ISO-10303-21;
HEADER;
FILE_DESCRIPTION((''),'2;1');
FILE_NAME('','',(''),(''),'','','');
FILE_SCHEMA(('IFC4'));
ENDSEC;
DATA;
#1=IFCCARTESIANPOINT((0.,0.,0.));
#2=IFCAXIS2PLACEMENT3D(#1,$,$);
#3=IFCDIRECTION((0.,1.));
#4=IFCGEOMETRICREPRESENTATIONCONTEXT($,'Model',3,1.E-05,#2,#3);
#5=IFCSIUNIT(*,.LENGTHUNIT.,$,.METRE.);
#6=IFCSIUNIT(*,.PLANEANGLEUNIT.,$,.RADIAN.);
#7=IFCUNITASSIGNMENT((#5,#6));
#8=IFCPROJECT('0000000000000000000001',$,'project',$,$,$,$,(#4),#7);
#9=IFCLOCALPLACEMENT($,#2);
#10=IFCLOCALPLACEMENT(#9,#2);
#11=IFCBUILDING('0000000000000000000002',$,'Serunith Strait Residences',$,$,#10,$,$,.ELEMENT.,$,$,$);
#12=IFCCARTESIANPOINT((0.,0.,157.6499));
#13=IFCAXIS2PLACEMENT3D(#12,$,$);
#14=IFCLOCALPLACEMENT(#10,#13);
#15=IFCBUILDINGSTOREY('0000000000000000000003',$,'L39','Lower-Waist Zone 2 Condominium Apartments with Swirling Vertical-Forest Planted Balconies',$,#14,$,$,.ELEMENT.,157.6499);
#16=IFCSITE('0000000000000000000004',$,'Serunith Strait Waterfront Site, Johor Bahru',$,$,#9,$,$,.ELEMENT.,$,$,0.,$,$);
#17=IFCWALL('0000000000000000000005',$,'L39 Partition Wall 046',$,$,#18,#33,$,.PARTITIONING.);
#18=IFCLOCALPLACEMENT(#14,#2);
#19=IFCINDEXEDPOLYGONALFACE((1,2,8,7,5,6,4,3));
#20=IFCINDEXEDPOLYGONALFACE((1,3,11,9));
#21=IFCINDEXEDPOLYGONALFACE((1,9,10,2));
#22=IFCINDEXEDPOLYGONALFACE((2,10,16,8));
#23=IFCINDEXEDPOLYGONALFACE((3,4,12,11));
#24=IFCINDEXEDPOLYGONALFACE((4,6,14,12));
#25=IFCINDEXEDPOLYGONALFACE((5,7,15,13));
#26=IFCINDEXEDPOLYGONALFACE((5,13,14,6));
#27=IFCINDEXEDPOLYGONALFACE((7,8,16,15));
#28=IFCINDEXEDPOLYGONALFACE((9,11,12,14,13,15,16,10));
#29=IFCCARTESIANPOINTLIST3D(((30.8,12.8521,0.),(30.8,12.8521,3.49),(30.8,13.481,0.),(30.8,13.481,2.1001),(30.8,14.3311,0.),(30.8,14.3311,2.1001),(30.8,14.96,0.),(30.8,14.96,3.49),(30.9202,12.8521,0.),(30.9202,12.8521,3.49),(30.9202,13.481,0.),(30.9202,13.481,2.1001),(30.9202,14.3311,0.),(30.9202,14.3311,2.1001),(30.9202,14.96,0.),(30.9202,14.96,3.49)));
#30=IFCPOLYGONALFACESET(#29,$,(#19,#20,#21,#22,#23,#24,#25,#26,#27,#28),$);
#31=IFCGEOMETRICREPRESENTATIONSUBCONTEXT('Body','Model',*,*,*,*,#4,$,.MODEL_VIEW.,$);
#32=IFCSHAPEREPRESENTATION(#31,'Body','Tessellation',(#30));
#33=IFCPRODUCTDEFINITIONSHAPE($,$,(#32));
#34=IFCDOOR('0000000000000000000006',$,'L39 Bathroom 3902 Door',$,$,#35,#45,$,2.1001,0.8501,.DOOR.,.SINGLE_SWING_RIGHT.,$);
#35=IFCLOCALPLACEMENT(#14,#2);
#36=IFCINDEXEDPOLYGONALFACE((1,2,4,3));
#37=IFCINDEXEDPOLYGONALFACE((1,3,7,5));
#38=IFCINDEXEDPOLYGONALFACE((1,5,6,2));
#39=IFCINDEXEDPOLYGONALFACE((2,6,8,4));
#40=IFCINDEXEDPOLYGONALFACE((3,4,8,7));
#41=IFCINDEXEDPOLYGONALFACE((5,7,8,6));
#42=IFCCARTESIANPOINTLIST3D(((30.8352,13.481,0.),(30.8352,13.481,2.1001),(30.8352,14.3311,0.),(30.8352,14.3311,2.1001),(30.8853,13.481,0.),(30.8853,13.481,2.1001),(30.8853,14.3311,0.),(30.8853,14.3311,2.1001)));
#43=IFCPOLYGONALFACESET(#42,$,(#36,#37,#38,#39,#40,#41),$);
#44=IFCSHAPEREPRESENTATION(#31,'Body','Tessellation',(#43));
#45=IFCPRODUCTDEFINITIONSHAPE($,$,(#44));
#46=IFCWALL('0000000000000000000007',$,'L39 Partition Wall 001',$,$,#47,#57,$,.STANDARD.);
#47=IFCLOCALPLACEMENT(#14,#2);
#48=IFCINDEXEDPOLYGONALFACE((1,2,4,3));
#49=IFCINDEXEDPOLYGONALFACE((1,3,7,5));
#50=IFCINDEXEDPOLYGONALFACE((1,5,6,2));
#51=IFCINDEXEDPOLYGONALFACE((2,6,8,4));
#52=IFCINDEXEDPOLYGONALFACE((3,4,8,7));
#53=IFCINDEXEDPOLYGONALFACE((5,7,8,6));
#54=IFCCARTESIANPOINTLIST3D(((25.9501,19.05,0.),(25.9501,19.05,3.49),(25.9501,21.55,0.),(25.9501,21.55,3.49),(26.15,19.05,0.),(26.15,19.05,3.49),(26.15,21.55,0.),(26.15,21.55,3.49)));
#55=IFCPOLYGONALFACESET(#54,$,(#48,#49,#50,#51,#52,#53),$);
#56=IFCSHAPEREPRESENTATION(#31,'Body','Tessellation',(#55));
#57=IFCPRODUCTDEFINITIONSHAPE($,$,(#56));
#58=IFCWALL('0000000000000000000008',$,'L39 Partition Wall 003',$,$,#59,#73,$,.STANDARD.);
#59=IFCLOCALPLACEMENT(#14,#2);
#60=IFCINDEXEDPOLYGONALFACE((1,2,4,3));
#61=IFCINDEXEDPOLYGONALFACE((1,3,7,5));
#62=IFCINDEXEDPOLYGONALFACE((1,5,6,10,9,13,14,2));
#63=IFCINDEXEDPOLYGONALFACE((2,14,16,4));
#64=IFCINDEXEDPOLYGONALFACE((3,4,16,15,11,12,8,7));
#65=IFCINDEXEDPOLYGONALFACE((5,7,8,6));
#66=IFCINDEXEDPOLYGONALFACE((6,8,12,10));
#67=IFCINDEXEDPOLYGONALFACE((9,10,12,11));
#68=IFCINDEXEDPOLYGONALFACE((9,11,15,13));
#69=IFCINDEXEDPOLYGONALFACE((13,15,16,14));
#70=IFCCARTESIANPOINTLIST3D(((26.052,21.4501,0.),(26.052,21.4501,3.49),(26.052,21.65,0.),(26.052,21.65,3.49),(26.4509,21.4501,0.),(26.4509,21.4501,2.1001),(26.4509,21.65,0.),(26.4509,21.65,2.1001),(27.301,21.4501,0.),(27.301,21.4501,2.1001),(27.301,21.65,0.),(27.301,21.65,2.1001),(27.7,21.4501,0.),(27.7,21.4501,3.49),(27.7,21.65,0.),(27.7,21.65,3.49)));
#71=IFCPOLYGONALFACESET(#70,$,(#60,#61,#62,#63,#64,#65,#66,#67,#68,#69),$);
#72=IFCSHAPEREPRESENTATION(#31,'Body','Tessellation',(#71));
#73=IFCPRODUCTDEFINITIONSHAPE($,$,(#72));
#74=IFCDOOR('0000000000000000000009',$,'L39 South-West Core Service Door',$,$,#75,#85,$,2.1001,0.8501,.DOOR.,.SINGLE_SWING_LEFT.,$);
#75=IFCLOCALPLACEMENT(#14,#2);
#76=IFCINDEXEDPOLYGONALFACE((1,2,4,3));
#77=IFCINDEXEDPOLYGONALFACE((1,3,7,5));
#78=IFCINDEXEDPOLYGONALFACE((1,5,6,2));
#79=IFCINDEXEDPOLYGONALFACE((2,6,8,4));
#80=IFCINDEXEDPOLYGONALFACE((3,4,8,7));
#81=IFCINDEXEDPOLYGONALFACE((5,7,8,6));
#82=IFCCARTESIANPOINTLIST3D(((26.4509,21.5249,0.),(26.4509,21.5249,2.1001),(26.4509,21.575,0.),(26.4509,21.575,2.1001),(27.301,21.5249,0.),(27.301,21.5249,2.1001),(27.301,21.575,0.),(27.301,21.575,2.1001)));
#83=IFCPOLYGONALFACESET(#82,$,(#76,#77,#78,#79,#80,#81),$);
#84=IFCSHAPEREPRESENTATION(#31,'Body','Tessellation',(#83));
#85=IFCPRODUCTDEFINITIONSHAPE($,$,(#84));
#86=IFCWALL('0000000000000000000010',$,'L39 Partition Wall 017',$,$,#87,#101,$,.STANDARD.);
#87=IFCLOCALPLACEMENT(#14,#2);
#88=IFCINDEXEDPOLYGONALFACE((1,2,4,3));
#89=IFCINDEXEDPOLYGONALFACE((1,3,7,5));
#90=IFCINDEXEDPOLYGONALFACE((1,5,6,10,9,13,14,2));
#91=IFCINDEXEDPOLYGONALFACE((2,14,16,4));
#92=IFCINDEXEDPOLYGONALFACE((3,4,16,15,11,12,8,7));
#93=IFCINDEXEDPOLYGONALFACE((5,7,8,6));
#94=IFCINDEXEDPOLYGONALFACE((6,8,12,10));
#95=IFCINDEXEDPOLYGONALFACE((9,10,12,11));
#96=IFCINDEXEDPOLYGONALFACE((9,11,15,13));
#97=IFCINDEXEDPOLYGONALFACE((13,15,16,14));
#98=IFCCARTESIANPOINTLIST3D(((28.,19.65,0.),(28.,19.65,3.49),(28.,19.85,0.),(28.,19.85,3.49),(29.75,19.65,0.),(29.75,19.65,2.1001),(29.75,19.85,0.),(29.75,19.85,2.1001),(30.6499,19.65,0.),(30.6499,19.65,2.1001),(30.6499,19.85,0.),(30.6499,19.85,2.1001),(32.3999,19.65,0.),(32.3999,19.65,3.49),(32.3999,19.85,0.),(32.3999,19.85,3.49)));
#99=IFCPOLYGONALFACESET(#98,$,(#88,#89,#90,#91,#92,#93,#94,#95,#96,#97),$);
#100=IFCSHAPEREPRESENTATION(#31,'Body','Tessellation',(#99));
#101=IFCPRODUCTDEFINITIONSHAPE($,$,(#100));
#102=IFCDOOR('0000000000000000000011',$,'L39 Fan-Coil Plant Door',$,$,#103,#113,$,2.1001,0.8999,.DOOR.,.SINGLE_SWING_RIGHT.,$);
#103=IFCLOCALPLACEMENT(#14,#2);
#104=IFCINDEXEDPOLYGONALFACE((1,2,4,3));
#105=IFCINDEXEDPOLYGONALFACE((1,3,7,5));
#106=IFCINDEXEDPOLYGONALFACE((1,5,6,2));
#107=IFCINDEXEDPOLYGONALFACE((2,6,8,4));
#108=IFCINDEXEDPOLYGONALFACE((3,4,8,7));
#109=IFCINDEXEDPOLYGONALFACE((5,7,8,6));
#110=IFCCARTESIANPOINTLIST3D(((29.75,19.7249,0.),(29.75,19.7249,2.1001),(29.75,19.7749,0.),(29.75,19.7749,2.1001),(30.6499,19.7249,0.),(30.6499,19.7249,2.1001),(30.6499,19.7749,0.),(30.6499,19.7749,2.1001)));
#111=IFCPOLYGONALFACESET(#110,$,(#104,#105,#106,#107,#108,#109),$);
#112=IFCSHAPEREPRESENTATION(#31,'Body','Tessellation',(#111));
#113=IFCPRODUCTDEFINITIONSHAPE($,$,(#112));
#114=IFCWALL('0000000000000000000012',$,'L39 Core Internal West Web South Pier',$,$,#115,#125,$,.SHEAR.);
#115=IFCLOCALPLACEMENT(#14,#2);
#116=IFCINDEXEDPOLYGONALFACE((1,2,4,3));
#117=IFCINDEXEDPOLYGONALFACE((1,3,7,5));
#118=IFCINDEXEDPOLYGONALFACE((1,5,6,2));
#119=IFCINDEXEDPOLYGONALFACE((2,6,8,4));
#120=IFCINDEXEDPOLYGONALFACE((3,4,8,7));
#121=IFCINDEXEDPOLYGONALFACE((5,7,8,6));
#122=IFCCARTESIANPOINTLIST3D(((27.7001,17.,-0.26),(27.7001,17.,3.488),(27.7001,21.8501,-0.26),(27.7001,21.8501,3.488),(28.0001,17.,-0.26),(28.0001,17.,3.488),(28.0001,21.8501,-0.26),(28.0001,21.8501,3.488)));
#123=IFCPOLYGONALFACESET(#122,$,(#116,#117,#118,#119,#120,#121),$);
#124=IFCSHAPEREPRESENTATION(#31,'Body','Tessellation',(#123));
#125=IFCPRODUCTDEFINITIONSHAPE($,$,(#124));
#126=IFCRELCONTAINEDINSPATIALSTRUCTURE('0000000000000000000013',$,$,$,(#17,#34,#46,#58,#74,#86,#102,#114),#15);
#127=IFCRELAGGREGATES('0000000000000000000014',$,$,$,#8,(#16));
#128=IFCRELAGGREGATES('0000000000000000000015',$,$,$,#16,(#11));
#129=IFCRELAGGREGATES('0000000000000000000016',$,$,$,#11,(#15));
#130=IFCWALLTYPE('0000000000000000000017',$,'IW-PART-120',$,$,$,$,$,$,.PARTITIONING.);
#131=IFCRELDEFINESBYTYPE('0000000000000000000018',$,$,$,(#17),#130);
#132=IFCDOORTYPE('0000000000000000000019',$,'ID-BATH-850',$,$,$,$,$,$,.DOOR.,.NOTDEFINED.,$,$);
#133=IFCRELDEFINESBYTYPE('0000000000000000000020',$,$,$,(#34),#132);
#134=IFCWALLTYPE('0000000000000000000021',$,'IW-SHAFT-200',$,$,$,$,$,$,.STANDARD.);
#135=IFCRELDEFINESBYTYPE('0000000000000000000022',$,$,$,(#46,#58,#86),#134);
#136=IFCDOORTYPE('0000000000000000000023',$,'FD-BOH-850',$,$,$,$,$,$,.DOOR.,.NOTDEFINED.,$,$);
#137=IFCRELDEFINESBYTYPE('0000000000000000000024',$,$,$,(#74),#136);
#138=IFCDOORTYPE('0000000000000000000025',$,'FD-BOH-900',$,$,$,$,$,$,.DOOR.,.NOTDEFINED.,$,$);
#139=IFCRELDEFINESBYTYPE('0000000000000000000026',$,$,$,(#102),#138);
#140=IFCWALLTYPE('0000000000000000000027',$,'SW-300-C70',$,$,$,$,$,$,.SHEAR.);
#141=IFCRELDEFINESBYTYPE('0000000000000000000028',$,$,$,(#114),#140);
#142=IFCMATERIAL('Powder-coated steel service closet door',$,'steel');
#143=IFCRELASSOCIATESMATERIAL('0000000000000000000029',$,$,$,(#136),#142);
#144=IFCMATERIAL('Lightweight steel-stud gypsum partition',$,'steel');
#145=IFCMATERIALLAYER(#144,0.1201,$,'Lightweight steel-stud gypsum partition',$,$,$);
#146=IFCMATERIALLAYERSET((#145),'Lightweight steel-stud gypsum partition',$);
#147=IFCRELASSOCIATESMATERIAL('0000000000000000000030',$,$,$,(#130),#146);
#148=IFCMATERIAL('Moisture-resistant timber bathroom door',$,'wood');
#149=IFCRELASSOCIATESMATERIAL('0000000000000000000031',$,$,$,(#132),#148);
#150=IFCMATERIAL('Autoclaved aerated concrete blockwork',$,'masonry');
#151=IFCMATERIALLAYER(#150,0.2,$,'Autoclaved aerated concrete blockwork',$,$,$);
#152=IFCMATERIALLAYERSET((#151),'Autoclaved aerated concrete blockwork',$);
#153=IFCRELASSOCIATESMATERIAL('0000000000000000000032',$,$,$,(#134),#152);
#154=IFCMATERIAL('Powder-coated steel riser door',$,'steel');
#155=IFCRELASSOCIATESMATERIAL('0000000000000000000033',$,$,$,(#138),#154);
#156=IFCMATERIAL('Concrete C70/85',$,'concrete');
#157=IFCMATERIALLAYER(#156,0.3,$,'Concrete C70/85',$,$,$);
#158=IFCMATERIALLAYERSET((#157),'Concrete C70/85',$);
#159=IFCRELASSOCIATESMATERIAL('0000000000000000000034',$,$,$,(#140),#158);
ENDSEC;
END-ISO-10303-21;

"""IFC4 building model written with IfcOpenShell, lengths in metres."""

from ifc_helpers import new_model, si_unit, direction, frame, frame_2d, origin, place, context, subcontext, project, spatial, rectangle, extrude, source, transform, mapped, material, layer, layer_set, type_object, element, fill, save


model = new_model("IFC4")

# Units and contexts
model_context = context("Model", 3, precision=1e-05, world=origin(), true_north=direction((0.0, 1.0)))
body_context = subcontext(model_context, "Body", "Model", "MODEL_VIEW")
ifc_project = project(units=[si_unit("LENGTHUNIT", "METRE"), si_unit("PLANEANGLEUNIT", "RADIAN")], contexts=[model_context])

# Site, building, storey
site_placement = place(None, origin())
site = spatial("IfcSite", under=ifc_project, at=site_placement, Name="Serunith Strait Waterfront Site, Johor Bahru", CompositionType="ELEMENT", RefElevation=0.0)
building_placement = place(site_placement, origin())
building = spatial("IfcBuilding", under=site, at=building_placement, Name="Serunith Strait Residences", CompositionType="ELEMENT")
storey_placement = place(building_placement, frame((0.0, 0.0, 157.6499)))
storey = spatial("IfcBuildingStorey", under=building, at=storey_placement, Name="L39", Description="Lower-Waist Zone 2 Condominium Apartments with Swirling Vertical-Forest Planted Balconies", CompositionType="ELEMENT", Elevation=157.6499)

# Shared definitions
ifc_material_1 = material(Name="Powder-coated steel service closet door", Category="steel")
door_type_1 = type_object("IfcDoorType", Name="FD-BOH-850", OperationType="NOTDEFINED", PredefinedType="DOOR", material=ifc_material_1)
shared_shape_1 = source(origin(), body_context, "Body", "SweptSolid", [
    extrude(rectangle(XDim=0.8501, YDim=2.1001, at=frame_2d((0.425, 1.05))), frame((0.0, 0.0249, 0.0), z_axis=(0.0, -1.0, 0.0), x_axis=(1.0, 0.0, 0.0)), (0.0, 0.0, 1.0), 0.05),
])

# Shared definitions
ifc_material_2 = material(Name="Lightweight steel-stud gypsum partition", Category="steel")
ifc_layer_1 = layer(ifc_material_2, 0.1201, Name="Lightweight steel-stud gypsum partition")
ifc_layer_set_1 = layer_set([ifc_layer_1], Name="Lightweight steel-stud gypsum partition")
wall_type_1 = type_object("IfcWallType", Name="IW-PART-120", PredefinedType="PARTITIONING", material=ifc_layer_set_1)

# Wall, opening, door
wall_1_placement = place(storey_placement, frame((30.8601, 12.8521, 0.0), z_axis=(0.0, 0.0, 1.0), x_axis=(0.0, 1.0, 0.0)))
wall_1 = element("IfcWall", 1, at=wall_1_placement, inside=storey, type_object=wall_type_1, Name="L39 Partition Wall 046", PredefinedType="PARTITIONING", context=body_context, shape_type="SweptSolid", body=[
    extrude(rectangle(XDim=2.1079, YDim=0.1201, at=frame_2d((1.054, 0.0))), origin(), (0.0, 0.0, 1.0), 3.49),
])
opening_1_placement = place(wall_1_placement, frame((0.6289, 0.0, 0.0)))
opening_1 = element("IfcOpeningElement", 2, at=opening_1_placement, cuts=wall_1, PredefinedType="OPENING", context=body_context, shape_type="SweptSolid", body=[
    extrude(rectangle(XDim=0.8501, YDim=2.1001, at=frame_2d((0.425, 1.05))), frame((0.0, 0.0701, 0.0), z_axis=(0.0, -1.0, 0.0), x_axis=(1.0, 0.0, 0.0)), (0.0, 0.0, 1.0), 0.1401),
])
ifc_material_3 = material(Name="Moisture-resistant timber bathroom door", Category="wood")
door_type_2 = type_object("IfcDoorType", Name="ID-BATH-850", OperationType="NOTDEFINED", PredefinedType="DOOR", material=ifc_material_3)
door_1_placement = place(opening_1_placement, origin())
door_1 = element("IfcDoor", 3, at=door_1_placement, inside=storey, type_object=door_type_2, Name="L39 Bathroom 3902 Door", OperationType="SINGLE_SWING_RIGHT", OverallHeight=2.1001, OverallWidth=0.8501, PredefinedType="DOOR", context=body_context, shape_type="MappedRepresentation", body=[
    mapped(shared_shape_1, transform((0.0, 0.0, 0.0), scale=1.0)),
])
fill(opening_1, door_1)

# Wall
ifc_material_4 = material(Name="Autoclaved aerated concrete blockwork", Category="masonry")
ifc_layer_2 = layer(ifc_material_4, 0.2, Name="Autoclaved aerated concrete blockwork")
ifc_layer_set_2 = layer_set([ifc_layer_2], Name="Autoclaved aerated concrete blockwork")
wall_type_2 = type_object("IfcWallType", Name="IW-SHAFT-200", PredefinedType="STANDARD", material=ifc_layer_set_2)
wall_2_placement = place(storey_placement, frame((26.05, 19.05, 0.0), z_axis=(0.0, 0.0, 1.0), x_axis=(0.0, 1.0, 0.0)))
element("IfcWall", 4, at=wall_2_placement, inside=storey, type_object=wall_type_2, Name="L39 Partition Wall 001", PredefinedType="STANDARD", context=body_context, shape_type="SweptSolid", body=[
    extrude(rectangle(XDim=2.5, YDim=0.2, at=frame_2d((1.25, 0.0))), origin(), (0.0, 0.0, 1.0), 3.49),
])

# Walls, openings, doors
wall_3_placement = place(storey_placement, frame((26.052, 21.55, 0.0), z_axis=(0.0, 0.0, 1.0), x_axis=(1.0, 0.0, 0.0)))
wall_3 = element("IfcWall", 5, at=wall_3_placement, inside=storey, type_object=wall_type_2, Name="L39 Partition Wall 003", PredefinedType="STANDARD", context=body_context, shape_type="SweptSolid", body=[
    extrude(rectangle(XDim=1.6479, YDim=0.2, at=frame_2d((0.824, 0.0))), origin(), (0.0, 0.0, 1.0), 3.49),
])
opening_2_placement = place(wall_3_placement, frame((0.3989, 0.0, 0.0)))
opening_2 = element("IfcOpeningElement", 6, at=opening_2_placement, cuts=wall_3, PredefinedType="OPENING", context=body_context, shape_type="SweptSolid", body=[
    extrude(rectangle(XDim=0.8501, YDim=2.1001, at=frame_2d((0.425, 1.05))), frame((0.0, 0.1099, 0.0), z_axis=(0.0, -1.0, 0.0), x_axis=(1.0, 0.0, 0.0)), (0.0, 0.0, 1.0), 0.22),
])
door_2_placement = place(opening_2_placement, origin())
door_2 = element("IfcDoor", 7, at=door_2_placement, inside=storey, type_object=door_type_1, Name="L39 South-West Core Service Door", OperationType="SINGLE_SWING_LEFT", OverallHeight=2.1001, OverallWidth=0.8501, PredefinedType="DOOR", context=body_context, shape_type="MappedRepresentation", body=[
    mapped(shared_shape_1, transform((0.0, 0.0, 0.0), scale=1.0)),
])
fill(opening_2, door_2)
wall_4_placement = place(storey_placement, frame((28.0, 19.75, 0.0), z_axis=(0.0, 0.0, 1.0), x_axis=(1.0, 0.0, 0.0)))
wall_4 = element("IfcWall", 8, at=wall_4_placement, inside=storey, type_object=wall_type_2, Name="L39 Partition Wall 017", PredefinedType="STANDARD", context=body_context, shape_type="SweptSolid", body=[
    extrude(rectangle(XDim=4.3999, YDim=0.2, at=frame_2d((2.2, 0.0))), origin(), (0.0, 0.0, 1.0), 3.49),
])
opening_3_placement = place(wall_4_placement, frame((1.75, 0.0, 0.0)))
opening_3 = element("IfcOpeningElement", 9, at=opening_3_placement, cuts=wall_4, PredefinedType="OPENING", context=body_context, shape_type="SweptSolid", body=[
    extrude(rectangle(XDim=0.8999, YDim=2.1001, at=frame_2d((0.45, 1.05))), frame((0.0, 0.1099, 0.0), z_axis=(0.0, -1.0, 0.0), x_axis=(1.0, 0.0, 0.0)), (0.0, 0.0, 1.0), 0.22),
])
ifc_material_5 = material(Name="Powder-coated steel riser door", Category="steel")
door_type_3 = type_object("IfcDoorType", Name="FD-BOH-900", OperationType="NOTDEFINED", PredefinedType="DOOR", material=ifc_material_5)
shared_shape_2 = source(origin(), body_context, "Body", "SweptSolid", [
    extrude(rectangle(XDim=0.8999, YDim=2.1001, at=frame_2d((0.45, 1.05))), frame((0.0, 0.0249, 0.0), z_axis=(0.0, -1.0, 0.0), x_axis=(1.0, 0.0, 0.0)), (0.0, 0.0, 1.0), 0.05),
])
door_3_placement = place(opening_3_placement, origin())
door_3 = element("IfcDoor", 10, at=door_3_placement, inside=storey, type_object=door_type_3, Name="L39 Fan-Coil Plant Door", OperationType="SINGLE_SWING_RIGHT", OverallHeight=2.1001, OverallWidth=0.8999, PredefinedType="DOOR", context=body_context, shape_type="MappedRepresentation", body=[
    mapped(shared_shape_2, transform((0.0, 0.0, 0.0), scale=1.0)),
])
fill(opening_3, door_3)

# Wall
ifc_material_6 = material(Name="Concrete C70/85", Category="concrete")
ifc_layer_3 = layer(ifc_material_6, 0.3, Name="Concrete C70/85")
ifc_layer_set_3 = layer_set([ifc_layer_3], Name="Concrete C70/85")
wall_type_3 = type_object("IfcWallType", Name="SW-300-C70", PredefinedType="SHEAR", material=ifc_layer_set_3)
wall_5_placement = place(storey_placement, frame((27.8501, 17.0, -0.26), z_axis=(0.0, 0.0, 1.0), x_axis=(0.0, 1.0, 0.0)))
element("IfcWall", 11, at=wall_5_placement, inside=storey, type_object=wall_type_3, Name="L39 Core Internal West Web South Pier", PredefinedType="SHEAR", context=body_context, shape_type="SweptSolid", body=[
    extrude(rectangle(XDim=4.8501, YDim=0.3, at=frame_2d((2.425, 0.0))), origin(), (0.0, 0.0, 1.0), 3.748),
])

save(model, "model.ifc")
